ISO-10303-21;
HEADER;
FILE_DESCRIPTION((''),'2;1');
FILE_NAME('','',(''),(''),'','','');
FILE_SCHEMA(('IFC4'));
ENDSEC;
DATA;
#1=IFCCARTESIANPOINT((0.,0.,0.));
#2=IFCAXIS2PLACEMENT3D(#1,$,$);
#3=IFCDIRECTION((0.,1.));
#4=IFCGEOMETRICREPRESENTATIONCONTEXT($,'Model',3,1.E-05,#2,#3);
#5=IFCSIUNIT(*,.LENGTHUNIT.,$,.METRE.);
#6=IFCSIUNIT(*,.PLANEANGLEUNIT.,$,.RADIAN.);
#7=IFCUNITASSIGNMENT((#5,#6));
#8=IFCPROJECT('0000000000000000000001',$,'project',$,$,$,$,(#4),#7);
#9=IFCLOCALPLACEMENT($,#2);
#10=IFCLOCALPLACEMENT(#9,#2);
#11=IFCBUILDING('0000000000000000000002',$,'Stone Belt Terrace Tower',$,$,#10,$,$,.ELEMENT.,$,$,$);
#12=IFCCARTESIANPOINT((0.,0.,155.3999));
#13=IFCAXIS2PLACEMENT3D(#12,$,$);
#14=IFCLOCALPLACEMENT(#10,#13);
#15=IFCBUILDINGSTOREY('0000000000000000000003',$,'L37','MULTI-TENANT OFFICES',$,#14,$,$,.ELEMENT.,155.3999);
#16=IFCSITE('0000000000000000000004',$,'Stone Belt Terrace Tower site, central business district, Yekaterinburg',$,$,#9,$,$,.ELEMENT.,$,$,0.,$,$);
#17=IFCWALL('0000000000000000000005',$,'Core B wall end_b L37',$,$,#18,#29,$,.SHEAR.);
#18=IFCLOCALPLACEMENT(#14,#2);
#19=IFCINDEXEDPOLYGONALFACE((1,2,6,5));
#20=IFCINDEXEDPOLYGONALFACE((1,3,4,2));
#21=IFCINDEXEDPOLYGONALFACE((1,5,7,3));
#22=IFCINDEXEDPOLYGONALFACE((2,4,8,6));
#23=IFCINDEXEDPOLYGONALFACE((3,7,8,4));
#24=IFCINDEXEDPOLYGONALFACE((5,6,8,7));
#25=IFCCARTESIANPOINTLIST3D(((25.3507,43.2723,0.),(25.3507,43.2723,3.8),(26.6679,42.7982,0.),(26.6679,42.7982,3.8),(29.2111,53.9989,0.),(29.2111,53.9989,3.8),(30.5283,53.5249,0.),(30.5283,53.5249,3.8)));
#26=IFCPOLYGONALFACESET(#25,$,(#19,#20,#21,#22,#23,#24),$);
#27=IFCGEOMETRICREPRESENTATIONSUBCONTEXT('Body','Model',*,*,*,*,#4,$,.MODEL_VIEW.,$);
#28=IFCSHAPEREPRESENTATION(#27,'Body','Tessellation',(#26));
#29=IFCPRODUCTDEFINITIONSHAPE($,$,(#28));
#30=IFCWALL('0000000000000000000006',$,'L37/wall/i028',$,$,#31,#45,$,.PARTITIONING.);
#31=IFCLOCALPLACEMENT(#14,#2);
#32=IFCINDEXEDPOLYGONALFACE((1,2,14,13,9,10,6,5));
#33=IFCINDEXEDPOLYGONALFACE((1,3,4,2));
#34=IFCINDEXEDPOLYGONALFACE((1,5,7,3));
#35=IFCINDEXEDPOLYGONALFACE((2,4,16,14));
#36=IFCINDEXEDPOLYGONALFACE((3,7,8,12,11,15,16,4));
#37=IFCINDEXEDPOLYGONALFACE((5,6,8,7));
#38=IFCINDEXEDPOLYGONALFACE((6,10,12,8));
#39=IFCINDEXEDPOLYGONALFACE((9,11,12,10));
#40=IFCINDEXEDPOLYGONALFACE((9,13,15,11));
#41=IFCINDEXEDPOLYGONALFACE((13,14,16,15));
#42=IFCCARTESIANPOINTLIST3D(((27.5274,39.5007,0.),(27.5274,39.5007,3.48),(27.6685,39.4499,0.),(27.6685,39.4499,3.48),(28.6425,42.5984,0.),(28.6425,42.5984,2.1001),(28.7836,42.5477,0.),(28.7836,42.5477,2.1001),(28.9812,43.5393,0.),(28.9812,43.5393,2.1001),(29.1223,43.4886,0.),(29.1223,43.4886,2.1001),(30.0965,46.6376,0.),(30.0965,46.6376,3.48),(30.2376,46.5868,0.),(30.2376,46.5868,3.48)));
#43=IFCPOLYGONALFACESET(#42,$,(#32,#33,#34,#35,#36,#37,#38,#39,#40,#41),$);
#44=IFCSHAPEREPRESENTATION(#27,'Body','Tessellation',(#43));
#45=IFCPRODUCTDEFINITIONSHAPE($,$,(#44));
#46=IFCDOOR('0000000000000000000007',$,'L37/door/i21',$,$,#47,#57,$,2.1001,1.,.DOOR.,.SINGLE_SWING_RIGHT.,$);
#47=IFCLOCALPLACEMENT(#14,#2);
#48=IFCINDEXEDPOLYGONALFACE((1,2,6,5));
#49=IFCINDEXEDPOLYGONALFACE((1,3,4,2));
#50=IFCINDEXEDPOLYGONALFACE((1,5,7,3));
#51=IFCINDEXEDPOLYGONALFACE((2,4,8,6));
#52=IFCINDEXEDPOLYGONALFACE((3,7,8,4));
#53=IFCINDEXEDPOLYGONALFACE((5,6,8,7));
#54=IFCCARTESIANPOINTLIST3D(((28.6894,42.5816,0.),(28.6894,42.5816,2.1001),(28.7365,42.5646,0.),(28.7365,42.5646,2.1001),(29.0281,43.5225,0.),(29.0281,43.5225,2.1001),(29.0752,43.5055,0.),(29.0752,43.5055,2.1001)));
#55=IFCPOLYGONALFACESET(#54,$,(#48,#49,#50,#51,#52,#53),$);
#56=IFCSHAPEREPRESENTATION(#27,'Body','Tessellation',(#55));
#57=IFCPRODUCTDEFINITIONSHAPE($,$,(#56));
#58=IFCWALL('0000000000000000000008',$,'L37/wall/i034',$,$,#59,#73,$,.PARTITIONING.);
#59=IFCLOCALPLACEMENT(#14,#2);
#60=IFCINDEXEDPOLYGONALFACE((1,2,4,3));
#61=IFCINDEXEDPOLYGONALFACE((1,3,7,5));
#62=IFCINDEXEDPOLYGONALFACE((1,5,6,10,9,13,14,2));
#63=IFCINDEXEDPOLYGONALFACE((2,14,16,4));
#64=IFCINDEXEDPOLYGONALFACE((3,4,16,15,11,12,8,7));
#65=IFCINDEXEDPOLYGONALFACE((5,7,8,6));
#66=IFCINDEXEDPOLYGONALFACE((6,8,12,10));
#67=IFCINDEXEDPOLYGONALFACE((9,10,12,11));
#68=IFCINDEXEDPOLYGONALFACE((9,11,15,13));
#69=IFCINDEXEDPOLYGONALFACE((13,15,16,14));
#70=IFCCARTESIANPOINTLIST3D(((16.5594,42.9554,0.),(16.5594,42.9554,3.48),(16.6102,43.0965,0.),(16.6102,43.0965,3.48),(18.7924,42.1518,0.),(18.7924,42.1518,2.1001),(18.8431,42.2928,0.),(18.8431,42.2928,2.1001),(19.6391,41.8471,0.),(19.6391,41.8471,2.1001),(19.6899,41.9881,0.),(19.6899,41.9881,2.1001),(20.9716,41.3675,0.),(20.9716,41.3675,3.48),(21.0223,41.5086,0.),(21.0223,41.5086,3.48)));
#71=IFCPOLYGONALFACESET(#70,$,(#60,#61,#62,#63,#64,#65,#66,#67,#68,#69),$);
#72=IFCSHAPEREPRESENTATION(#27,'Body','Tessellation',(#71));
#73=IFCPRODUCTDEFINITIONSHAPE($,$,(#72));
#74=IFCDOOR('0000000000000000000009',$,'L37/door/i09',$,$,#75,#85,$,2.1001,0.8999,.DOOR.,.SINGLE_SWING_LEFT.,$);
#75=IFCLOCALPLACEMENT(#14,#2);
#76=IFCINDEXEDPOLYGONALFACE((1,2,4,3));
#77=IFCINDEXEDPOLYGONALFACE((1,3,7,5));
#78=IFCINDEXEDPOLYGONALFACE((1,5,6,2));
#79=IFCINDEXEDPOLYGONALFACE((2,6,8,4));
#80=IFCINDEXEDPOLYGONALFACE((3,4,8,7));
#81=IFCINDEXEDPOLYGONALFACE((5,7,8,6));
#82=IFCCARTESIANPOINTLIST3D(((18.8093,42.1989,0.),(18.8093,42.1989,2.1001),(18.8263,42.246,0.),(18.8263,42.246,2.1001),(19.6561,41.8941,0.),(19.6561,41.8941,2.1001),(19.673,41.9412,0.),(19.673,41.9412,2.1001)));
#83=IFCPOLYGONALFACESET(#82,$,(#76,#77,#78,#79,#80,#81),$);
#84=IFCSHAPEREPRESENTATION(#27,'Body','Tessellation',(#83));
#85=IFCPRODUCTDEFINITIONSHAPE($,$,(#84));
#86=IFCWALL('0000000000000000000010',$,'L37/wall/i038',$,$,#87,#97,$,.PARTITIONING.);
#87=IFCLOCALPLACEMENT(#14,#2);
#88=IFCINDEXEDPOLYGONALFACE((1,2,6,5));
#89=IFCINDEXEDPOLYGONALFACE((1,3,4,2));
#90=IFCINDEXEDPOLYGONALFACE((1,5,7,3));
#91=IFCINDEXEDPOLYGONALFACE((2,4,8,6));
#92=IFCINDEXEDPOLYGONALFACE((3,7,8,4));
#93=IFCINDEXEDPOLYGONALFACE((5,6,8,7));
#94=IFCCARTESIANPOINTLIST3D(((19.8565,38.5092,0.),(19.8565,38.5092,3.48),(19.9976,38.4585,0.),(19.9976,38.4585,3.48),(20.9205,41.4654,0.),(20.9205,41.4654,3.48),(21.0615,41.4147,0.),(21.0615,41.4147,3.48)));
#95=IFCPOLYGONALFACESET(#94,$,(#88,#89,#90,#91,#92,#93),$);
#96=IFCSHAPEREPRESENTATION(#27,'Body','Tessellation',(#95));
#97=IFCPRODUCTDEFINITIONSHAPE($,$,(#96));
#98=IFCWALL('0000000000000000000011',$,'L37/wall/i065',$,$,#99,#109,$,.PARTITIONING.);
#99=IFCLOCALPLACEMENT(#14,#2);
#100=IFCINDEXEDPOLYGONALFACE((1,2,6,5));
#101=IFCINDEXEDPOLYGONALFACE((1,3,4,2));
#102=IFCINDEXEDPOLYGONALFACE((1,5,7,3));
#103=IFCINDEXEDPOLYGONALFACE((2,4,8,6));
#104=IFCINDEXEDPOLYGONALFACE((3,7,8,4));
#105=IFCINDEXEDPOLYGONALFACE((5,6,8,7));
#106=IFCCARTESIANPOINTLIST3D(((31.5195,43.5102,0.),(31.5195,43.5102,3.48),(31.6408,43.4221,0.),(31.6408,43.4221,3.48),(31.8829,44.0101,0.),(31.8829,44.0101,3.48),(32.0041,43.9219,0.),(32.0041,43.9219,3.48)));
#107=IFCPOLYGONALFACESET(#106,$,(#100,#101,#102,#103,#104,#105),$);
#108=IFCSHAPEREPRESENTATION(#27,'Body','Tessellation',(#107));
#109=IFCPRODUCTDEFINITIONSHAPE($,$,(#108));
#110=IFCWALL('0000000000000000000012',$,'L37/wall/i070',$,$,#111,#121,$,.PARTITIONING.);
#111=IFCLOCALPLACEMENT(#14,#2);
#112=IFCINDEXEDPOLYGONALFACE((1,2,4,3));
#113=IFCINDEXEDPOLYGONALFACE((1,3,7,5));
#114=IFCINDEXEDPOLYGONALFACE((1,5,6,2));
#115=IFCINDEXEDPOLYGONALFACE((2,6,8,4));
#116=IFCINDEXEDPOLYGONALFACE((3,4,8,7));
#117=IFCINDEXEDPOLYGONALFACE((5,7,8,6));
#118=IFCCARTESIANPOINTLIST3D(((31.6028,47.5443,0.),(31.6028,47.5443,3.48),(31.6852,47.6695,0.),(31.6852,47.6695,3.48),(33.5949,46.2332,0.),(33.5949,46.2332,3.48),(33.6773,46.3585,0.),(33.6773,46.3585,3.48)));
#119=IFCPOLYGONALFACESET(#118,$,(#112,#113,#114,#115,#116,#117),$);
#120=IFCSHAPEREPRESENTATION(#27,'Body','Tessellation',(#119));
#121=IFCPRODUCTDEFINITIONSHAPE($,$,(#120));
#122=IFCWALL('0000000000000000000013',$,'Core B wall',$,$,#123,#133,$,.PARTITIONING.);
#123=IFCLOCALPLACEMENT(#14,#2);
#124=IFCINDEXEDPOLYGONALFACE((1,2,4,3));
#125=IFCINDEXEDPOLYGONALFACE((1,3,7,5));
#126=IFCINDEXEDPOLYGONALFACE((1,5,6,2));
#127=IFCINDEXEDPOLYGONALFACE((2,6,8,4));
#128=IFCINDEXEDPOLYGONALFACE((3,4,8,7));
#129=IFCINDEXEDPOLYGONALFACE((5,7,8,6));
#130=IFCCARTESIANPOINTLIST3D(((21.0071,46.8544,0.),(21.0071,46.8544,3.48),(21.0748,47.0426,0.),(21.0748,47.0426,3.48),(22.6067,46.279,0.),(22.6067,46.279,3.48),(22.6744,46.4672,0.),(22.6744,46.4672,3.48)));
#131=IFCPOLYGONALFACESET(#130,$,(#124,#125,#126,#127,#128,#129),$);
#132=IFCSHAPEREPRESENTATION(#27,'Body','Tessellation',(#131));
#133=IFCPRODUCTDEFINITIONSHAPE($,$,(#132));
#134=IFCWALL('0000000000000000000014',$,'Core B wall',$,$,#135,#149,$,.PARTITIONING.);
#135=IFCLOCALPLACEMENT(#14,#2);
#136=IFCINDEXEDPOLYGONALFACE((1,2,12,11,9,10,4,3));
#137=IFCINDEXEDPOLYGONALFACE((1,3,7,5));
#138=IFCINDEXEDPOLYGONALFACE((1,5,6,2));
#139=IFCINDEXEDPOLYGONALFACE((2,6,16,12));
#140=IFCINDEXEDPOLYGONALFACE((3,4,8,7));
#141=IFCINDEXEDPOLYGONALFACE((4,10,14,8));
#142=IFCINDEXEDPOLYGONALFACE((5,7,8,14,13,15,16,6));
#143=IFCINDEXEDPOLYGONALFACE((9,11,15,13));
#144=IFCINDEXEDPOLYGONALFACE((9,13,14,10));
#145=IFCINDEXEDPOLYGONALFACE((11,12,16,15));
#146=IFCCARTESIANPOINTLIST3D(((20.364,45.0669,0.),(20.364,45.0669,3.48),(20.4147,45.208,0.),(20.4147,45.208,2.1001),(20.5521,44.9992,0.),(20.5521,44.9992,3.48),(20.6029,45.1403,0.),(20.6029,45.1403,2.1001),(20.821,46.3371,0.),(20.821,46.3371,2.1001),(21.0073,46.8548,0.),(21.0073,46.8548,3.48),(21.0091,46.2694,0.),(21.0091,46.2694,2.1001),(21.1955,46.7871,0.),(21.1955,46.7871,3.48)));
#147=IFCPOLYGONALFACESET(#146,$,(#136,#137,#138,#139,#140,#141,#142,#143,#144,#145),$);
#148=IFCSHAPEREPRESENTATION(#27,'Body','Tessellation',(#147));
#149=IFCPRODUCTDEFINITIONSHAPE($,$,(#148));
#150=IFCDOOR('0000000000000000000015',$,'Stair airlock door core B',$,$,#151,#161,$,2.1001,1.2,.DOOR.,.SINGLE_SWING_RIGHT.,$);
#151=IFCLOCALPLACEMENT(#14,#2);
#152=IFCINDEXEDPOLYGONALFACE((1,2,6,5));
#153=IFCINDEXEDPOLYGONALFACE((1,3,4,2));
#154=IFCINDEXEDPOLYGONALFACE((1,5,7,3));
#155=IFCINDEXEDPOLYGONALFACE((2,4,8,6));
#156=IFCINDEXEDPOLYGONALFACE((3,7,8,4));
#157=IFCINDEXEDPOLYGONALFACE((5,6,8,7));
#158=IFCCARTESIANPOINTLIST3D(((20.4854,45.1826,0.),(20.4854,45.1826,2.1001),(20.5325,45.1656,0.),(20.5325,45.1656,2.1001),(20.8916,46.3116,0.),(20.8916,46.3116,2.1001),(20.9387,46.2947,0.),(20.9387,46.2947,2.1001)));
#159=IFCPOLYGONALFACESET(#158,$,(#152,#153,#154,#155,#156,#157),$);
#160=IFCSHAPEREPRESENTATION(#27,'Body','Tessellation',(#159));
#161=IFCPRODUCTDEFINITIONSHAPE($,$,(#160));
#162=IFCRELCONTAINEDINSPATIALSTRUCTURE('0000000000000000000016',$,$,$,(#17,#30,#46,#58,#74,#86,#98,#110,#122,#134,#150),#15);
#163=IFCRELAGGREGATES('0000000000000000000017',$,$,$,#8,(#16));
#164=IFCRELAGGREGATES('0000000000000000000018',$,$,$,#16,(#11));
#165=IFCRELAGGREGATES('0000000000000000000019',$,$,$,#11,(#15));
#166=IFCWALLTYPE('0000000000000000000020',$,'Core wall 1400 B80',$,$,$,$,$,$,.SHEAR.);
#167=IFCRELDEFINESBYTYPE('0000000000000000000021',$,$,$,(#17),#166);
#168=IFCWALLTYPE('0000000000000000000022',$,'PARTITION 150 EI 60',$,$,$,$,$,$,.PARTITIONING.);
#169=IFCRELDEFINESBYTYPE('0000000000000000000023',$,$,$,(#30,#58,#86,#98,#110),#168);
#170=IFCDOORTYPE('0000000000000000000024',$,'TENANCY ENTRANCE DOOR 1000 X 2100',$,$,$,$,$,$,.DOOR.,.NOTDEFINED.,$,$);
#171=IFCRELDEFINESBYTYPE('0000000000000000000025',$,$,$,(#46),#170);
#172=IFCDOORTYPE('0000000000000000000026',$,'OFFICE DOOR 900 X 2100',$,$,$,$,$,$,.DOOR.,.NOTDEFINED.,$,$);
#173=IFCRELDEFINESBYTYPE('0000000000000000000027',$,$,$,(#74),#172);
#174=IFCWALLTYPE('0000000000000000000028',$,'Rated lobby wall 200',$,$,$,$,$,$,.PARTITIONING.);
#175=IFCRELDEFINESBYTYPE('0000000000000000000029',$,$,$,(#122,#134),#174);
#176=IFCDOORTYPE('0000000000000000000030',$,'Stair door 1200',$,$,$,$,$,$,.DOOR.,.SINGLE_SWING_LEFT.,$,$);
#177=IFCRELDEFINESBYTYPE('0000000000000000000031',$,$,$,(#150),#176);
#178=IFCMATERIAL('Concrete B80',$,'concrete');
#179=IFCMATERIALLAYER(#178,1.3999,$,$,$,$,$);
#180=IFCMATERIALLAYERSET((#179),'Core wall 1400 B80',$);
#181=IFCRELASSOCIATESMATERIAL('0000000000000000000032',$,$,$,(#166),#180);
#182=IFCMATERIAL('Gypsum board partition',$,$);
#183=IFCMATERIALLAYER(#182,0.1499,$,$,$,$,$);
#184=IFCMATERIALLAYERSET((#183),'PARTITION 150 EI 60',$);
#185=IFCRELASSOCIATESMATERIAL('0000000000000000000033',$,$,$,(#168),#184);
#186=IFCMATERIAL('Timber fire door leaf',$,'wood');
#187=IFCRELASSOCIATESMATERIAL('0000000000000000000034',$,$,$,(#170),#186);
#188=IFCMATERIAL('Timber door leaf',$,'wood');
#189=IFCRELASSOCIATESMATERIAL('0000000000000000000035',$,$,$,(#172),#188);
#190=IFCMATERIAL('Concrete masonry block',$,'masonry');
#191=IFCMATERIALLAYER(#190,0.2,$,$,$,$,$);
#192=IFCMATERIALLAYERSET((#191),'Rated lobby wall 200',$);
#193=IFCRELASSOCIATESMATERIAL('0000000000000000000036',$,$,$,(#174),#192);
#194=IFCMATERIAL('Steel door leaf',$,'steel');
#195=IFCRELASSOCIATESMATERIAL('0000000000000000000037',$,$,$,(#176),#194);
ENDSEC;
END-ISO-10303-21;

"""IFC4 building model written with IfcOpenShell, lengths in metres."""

from ifc_helpers import new_model, si_unit, direction, frame, frame_2d, origin, place, context, subcontext, project, spatial, rectangle, extrude, material, layer, layer_set, type_object, element, fill, save


model = new_model("IFC4")

# Units and contexts
model_context = context("Model", 3, precision=1e-05, world=origin(), true_north=direction((0.0, 1.0)))
body_context = subcontext(model_context, "Body", "Model", "MODEL_VIEW")
ifc_project = project(units=[si_unit("LENGTHUNIT", "METRE"), si_unit("PLANEANGLEUNIT", "RADIAN")], contexts=[model_context])

# Site, building, storey
site_placement = place(None, origin())
site = spatial("IfcSite", under=ifc_project, at=site_placement, Name="Stone Belt Terrace Tower site, central business district, Yekaterinburg", CompositionType="ELEMENT", RefElevation=0.0)
building_placement = place(site_placement, origin())
building = spatial("IfcBuilding", under=site, at=building_placement, Name="Stone Belt Terrace Tower", CompositionType="ELEMENT")
storey_placement = place(building_placement, frame((0.0, 0.0, 155.3999)))
storey = spatial("IfcBuildingStorey", under=building, at=storey_placement, Name="L37", Description="MULTI-TENANT OFFICES", CompositionType="ELEMENT", Elevation=155.3999)

# Wall
ifc_material_1 = material(Name="Concrete B80", Category="concrete")
ifc_layer_1 = layer(ifc_material_1, 1.3999)
ifc_layer_set_1 = layer_set([ifc_layer_1], Name="Core wall 1400 B80")
wall_type_1 = type_object("IfcWallType", Name="Core wall 1400 B80", PredefinedType="SHEAR", material=ifc_layer_set_1)
wall_1_placement = place(storey_placement, frame((26.0093, 43.0352, 0.0), z_axis=(0.0, 0.0, 1.0), x_axis=(0.338625, 0.940921, 0.0)))
element("IfcWall", 1, at=wall_1_placement, inside=storey, type_object=wall_type_1, Name="Core B wall end_b L37", PredefinedType="SHEAR", context=body_context, shape_type="SweptSolid", body=[
    extrude(rectangle(XDim=11.4001, YDim=1.3999, at=frame_2d((5.7002, 0.0))), origin(), (0.0, 0.0, 1.0), 3.8),
])

# Walls, openings, doors
ifc_material_2 = material(Name="Gypsum board partition")
ifc_layer_2 = layer(ifc_material_2, 0.1499)
ifc_layer_set_2 = layer_set([ifc_layer_2], Name="PARTITION 150 EI 60")
wall_type_2 = type_object("IfcWallType", Name="PARTITION 150 EI 60", PredefinedType="PARTITIONING", material=ifc_layer_set_2)
wall_2_placement = place(storey_placement, frame((30.167, 46.6121, 0.0), z_axis=(0.0, 0.0, 1.0), x_axis=(-0.338694, -0.940896, 0.0)))
wall_2 = element("IfcWall", 2, at=wall_2_placement, inside=storey, type_object=wall_type_2, Name="L37/wall/i028", PredefinedType="PARTITIONING", context=body_context, shape_type="SweptSolid", body=[
    extrude(rectangle(XDim=7.5852, YDim=0.1499, at=frame_2d((3.7925, 0.0))), origin(), (0.0, 0.0, 1.0), 3.48),
])
opening_1_placement = place(wall_2_placement, frame((3.2927, 0.0, 0.0)))
opening_1 = element("IfcOpeningElement", 3, at=opening_1_placement, cuts=wall_2, PredefinedType="OPENING", context=body_context, shape_type="SweptSolid", body=[
    extrude(rectangle(XDim=1.0, YDim=2.1001, at=frame_2d((0.5, 1.05))), frame((0.0, 0.085, 0.0), z_axis=(0.0, -1.0, 0.0), x_axis=(1.0, 0.0, 0.0)), (0.0, 0.0, 1.0), 0.1699),
])
ifc_material_3 = material(Name="Timber fire door leaf", Category="wood")
door_type_1 = type_object("IfcDoorType", Name="TENANCY ENTRANCE DOOR 1000 X 2100", OperationType="NOTDEFINED", PredefinedType="DOOR", material=ifc_material_3)
door_1_placement = place(opening_1_placement, origin())
door_1 = element("IfcDoor", 4, at=door_1_placement, inside=storey, type_object=door_type_1, Name="L37/door/i21", OperationType="SINGLE_SWING_RIGHT", OverallHeight=2.1001, OverallWidth=1.0, PredefinedType="DOOR", context=body_context, shape_type="SweptSolid", body=[
    extrude(rectangle(XDim=1.0, YDim=2.1001, at=frame_2d((0.5, 1.05))), frame((0.0, 0.0249, 0.0), z_axis=(0.0, -1.0, 0.0), x_axis=(1.0, 0.0, 0.0)), (0.0, 0.0, 1.0), 0.05),
])
fill(opening_1, door_1)
wall_3_placement = place(storey_placement, frame((20.9971, 41.438, 0.0), z_axis=(0.0, 0.0, 1.0), x_axis=(-0.940919, 0.338631, 0.0)))
wall_3 = element("IfcWall", 5, at=wall_3_placement, inside=storey, type_object=wall_type_2, Name="L37/wall/i034", PredefinedType="PARTITIONING", context=body_context, shape_type="SweptSolid", body=[
    extrude(rectangle(XDim=4.6892, YDim=0.1499, at=frame_2d((2.3447, 0.0))), origin(), (0.0, 0.0, 1.0), 3.48),
])
opening_2_placement = place(wall_3_placement, frame((1.4163, 0.0, 0.0)))
opening_2 = element("IfcOpeningElement", 6, at=opening_2_placement, cuts=wall_3, PredefinedType="OPENING", context=body_context, shape_type="SweptSolid", body=[
    extrude(rectangle(XDim=0.8999, YDim=2.1001, at=frame_2d((0.45, 1.05))), frame((0.0, 0.085, 0.0), z_axis=(0.0, -1.0, 0.0), x_axis=(1.0, 0.0, 0.0)), (0.0, 0.0, 1.0), 0.1699),
])
ifc_material_4 = material(Name="Timber door leaf", Category="wood")
door_type_2 = type_object("IfcDoorType", Name="OFFICE DOOR 900 X 2100", OperationType="NOTDEFINED", PredefinedType="DOOR", material=ifc_material_4)
door_2_placement = place(opening_2_placement, origin())
door_2 = element("IfcDoor", 7, at=door_2_placement, inside=storey, type_object=door_type_2, Name="L37/door/i09", OperationType="SINGLE_SWING_LEFT", OverallHeight=2.1001, OverallWidth=0.8999, PredefinedType="DOOR", context=body_context, shape_type="SweptSolid", body=[
    extrude(rectangle(XDim=0.8999, YDim=2.1001, at=frame_2d((0.45, 1.05))), frame((0.0, 0.0249, 0.0), z_axis=(0.0, -1.0, 0.0), x_axis=(1.0, 0.0, 0.0)), (0.0, 0.0, 1.0), 0.05),
])
fill(opening_2, door_2)

# Walls
wall_4_placement = place(storey_placement, frame((20.991, 41.4399, 0.0), z_axis=(0.0, 0.0, 1.0), x_axis=(-0.338634, -0.940918, 0.0)))
element("IfcWall", 8, at=wall_4_placement, inside=storey, type_object=wall_type_2, Name="L37/wall/i038", PredefinedType="PARTITIONING", context=body_context, shape_type="SweptSolid", body=[
    extrude(rectangle(XDim=3.1418, YDim=0.1499, at=frame_2d((1.5708, 0.0))), origin(), (0.0, 0.0, 1.0), 3.48),
])
wall_5_placement = place(storey_placement, frame((31.5801, 43.4661, 0.0), z_axis=(0.0, 0.0, 1.0), x_axis=(0.587984, 0.808873, 0.0)))
element("IfcWall", 9, at=wall_5_placement, inside=storey, type_object=wall_type_2, Name="L37/wall/i065", PredefinedType="PARTITIONING", context=body_context, shape_type="SweptSolid", body=[
    extrude(rectangle(XDim=0.6179, YDim=0.1499, at=frame_2d((0.3091, 0.0))), origin(), (0.0, 0.0, 1.0), 3.48),
])
wall_6_placement = place(storey_placement, frame((31.644, 47.6069, 0.0), z_axis=(0.0, 0.0, 1.0), x_axis=(0.835312, -0.549776, 0.0)))
element("IfcWall", 10, at=wall_6_placement, inside=storey, type_object=wall_type_2, Name="L37/wall/i070", PredefinedType="PARTITIONING", context=body_context, shape_type="SweptSolid", body=[
    extrude(rectangle(XDim=2.3848, YDim=0.1499, at=frame_2d((1.1924, 0.0))), origin(), (0.0, 0.0, 1.0), 3.48),
])
ifc_material_5 = material(Name="Concrete masonry block", Category="masonry")
ifc_layer_3 = layer(ifc_material_5, 0.2)
ifc_layer_set_3 = layer_set([ifc_layer_3], Name="Rated lobby wall 200")
wall_type_3 = type_object("IfcWallType", Name="Rated lobby wall 200", PredefinedType="PARTITIONING", material=ifc_layer_set_3)
wall_7_placement = place(storey_placement, frame((22.6406, 46.373, 0.0), z_axis=(0.0, 0.0, 1.0), x_axis=(-0.940966, 0.338501, 0.0)))
element("IfcWall", 11, at=wall_7_placement, inside=storey, type_object=wall_type_3, Name="Core B wall", PredefinedType="PARTITIONING", context=body_context, shape_type="SweptSolid", body=[
    extrude(rectangle(XDim=1.7, YDim=0.2, at=frame_2d((0.8501, 0.0))), origin(), (0.0, 0.0, 1.0), 3.48),
])

# Wall, opening, door
wall_8_placement = place(storey_placement, frame((20.458, 45.033, 0.0), z_axis=(0.0, 0.0, 1.0), x_axis=(0.338574, 0.94094, 0.0)))
wall_8 = element("IfcWall", 12, at=wall_8_placement, inside=storey, type_object=wall_type_3, Name="Core B wall", PredefinedType="PARTITIONING", context=body_context, shape_type="SweptSolid", body=[
    extrude(rectangle(XDim=1.9001, YDim=0.2, at=frame_2d((0.9502, 0.0))), origin(), (0.0, 0.0, 1.0), 3.48),
])
opening_3_placement = place(wall_8_placement, frame((0.1499, 0.0, 0.0)))
opening_3 = element("IfcOpeningElement", 13, at=opening_3_placement, cuts=wall_8, PredefinedType="OPENING", context=body_context, shape_type="SweptSolid", body=[
    extrude(rectangle(XDim=1.2, YDim=2.1001, at=frame_2d((0.6001, 1.05))), frame((0.0, 0.1099, 0.0), z_axis=(0.0, -1.0, 0.0), x_axis=(1.0, 0.0, 0.0)), (0.0, 0.0, 1.0), 0.22),
])
ifc_material_6 = material(Name="Steel door leaf", Category="steel")
door_type_3 = type_object("IfcDoorType", Name="Stair door 1200", OperationType="SINGLE_SWING_LEFT", PredefinedType="DOOR", material=ifc_material_6)
door_3_placement = place(opening_3_placement, origin())
door_3 = element("IfcDoor", 14, at=door_3_placement, inside=storey, type_object=door_type_3, Name="Stair airlock door core B", OperationType="SINGLE_SWING_RIGHT", OverallHeight=2.1001, OverallWidth=1.2, PredefinedType="DOOR", context=body_context, shape_type="SweptSolid", body=[
    extrude(rectangle(XDim=1.2, YDim=2.1001, at=frame_2d((0.6001, 1.05))), frame((0.0, 0.0249, 0.0), z_axis=(0.0, -1.0, 0.0), x_axis=(1.0, 0.0, 0.0)), (0.0, 0.0, 1.0), 0.05),
])
fill(opening_3, door_3)

save(model, "model.ifc")
